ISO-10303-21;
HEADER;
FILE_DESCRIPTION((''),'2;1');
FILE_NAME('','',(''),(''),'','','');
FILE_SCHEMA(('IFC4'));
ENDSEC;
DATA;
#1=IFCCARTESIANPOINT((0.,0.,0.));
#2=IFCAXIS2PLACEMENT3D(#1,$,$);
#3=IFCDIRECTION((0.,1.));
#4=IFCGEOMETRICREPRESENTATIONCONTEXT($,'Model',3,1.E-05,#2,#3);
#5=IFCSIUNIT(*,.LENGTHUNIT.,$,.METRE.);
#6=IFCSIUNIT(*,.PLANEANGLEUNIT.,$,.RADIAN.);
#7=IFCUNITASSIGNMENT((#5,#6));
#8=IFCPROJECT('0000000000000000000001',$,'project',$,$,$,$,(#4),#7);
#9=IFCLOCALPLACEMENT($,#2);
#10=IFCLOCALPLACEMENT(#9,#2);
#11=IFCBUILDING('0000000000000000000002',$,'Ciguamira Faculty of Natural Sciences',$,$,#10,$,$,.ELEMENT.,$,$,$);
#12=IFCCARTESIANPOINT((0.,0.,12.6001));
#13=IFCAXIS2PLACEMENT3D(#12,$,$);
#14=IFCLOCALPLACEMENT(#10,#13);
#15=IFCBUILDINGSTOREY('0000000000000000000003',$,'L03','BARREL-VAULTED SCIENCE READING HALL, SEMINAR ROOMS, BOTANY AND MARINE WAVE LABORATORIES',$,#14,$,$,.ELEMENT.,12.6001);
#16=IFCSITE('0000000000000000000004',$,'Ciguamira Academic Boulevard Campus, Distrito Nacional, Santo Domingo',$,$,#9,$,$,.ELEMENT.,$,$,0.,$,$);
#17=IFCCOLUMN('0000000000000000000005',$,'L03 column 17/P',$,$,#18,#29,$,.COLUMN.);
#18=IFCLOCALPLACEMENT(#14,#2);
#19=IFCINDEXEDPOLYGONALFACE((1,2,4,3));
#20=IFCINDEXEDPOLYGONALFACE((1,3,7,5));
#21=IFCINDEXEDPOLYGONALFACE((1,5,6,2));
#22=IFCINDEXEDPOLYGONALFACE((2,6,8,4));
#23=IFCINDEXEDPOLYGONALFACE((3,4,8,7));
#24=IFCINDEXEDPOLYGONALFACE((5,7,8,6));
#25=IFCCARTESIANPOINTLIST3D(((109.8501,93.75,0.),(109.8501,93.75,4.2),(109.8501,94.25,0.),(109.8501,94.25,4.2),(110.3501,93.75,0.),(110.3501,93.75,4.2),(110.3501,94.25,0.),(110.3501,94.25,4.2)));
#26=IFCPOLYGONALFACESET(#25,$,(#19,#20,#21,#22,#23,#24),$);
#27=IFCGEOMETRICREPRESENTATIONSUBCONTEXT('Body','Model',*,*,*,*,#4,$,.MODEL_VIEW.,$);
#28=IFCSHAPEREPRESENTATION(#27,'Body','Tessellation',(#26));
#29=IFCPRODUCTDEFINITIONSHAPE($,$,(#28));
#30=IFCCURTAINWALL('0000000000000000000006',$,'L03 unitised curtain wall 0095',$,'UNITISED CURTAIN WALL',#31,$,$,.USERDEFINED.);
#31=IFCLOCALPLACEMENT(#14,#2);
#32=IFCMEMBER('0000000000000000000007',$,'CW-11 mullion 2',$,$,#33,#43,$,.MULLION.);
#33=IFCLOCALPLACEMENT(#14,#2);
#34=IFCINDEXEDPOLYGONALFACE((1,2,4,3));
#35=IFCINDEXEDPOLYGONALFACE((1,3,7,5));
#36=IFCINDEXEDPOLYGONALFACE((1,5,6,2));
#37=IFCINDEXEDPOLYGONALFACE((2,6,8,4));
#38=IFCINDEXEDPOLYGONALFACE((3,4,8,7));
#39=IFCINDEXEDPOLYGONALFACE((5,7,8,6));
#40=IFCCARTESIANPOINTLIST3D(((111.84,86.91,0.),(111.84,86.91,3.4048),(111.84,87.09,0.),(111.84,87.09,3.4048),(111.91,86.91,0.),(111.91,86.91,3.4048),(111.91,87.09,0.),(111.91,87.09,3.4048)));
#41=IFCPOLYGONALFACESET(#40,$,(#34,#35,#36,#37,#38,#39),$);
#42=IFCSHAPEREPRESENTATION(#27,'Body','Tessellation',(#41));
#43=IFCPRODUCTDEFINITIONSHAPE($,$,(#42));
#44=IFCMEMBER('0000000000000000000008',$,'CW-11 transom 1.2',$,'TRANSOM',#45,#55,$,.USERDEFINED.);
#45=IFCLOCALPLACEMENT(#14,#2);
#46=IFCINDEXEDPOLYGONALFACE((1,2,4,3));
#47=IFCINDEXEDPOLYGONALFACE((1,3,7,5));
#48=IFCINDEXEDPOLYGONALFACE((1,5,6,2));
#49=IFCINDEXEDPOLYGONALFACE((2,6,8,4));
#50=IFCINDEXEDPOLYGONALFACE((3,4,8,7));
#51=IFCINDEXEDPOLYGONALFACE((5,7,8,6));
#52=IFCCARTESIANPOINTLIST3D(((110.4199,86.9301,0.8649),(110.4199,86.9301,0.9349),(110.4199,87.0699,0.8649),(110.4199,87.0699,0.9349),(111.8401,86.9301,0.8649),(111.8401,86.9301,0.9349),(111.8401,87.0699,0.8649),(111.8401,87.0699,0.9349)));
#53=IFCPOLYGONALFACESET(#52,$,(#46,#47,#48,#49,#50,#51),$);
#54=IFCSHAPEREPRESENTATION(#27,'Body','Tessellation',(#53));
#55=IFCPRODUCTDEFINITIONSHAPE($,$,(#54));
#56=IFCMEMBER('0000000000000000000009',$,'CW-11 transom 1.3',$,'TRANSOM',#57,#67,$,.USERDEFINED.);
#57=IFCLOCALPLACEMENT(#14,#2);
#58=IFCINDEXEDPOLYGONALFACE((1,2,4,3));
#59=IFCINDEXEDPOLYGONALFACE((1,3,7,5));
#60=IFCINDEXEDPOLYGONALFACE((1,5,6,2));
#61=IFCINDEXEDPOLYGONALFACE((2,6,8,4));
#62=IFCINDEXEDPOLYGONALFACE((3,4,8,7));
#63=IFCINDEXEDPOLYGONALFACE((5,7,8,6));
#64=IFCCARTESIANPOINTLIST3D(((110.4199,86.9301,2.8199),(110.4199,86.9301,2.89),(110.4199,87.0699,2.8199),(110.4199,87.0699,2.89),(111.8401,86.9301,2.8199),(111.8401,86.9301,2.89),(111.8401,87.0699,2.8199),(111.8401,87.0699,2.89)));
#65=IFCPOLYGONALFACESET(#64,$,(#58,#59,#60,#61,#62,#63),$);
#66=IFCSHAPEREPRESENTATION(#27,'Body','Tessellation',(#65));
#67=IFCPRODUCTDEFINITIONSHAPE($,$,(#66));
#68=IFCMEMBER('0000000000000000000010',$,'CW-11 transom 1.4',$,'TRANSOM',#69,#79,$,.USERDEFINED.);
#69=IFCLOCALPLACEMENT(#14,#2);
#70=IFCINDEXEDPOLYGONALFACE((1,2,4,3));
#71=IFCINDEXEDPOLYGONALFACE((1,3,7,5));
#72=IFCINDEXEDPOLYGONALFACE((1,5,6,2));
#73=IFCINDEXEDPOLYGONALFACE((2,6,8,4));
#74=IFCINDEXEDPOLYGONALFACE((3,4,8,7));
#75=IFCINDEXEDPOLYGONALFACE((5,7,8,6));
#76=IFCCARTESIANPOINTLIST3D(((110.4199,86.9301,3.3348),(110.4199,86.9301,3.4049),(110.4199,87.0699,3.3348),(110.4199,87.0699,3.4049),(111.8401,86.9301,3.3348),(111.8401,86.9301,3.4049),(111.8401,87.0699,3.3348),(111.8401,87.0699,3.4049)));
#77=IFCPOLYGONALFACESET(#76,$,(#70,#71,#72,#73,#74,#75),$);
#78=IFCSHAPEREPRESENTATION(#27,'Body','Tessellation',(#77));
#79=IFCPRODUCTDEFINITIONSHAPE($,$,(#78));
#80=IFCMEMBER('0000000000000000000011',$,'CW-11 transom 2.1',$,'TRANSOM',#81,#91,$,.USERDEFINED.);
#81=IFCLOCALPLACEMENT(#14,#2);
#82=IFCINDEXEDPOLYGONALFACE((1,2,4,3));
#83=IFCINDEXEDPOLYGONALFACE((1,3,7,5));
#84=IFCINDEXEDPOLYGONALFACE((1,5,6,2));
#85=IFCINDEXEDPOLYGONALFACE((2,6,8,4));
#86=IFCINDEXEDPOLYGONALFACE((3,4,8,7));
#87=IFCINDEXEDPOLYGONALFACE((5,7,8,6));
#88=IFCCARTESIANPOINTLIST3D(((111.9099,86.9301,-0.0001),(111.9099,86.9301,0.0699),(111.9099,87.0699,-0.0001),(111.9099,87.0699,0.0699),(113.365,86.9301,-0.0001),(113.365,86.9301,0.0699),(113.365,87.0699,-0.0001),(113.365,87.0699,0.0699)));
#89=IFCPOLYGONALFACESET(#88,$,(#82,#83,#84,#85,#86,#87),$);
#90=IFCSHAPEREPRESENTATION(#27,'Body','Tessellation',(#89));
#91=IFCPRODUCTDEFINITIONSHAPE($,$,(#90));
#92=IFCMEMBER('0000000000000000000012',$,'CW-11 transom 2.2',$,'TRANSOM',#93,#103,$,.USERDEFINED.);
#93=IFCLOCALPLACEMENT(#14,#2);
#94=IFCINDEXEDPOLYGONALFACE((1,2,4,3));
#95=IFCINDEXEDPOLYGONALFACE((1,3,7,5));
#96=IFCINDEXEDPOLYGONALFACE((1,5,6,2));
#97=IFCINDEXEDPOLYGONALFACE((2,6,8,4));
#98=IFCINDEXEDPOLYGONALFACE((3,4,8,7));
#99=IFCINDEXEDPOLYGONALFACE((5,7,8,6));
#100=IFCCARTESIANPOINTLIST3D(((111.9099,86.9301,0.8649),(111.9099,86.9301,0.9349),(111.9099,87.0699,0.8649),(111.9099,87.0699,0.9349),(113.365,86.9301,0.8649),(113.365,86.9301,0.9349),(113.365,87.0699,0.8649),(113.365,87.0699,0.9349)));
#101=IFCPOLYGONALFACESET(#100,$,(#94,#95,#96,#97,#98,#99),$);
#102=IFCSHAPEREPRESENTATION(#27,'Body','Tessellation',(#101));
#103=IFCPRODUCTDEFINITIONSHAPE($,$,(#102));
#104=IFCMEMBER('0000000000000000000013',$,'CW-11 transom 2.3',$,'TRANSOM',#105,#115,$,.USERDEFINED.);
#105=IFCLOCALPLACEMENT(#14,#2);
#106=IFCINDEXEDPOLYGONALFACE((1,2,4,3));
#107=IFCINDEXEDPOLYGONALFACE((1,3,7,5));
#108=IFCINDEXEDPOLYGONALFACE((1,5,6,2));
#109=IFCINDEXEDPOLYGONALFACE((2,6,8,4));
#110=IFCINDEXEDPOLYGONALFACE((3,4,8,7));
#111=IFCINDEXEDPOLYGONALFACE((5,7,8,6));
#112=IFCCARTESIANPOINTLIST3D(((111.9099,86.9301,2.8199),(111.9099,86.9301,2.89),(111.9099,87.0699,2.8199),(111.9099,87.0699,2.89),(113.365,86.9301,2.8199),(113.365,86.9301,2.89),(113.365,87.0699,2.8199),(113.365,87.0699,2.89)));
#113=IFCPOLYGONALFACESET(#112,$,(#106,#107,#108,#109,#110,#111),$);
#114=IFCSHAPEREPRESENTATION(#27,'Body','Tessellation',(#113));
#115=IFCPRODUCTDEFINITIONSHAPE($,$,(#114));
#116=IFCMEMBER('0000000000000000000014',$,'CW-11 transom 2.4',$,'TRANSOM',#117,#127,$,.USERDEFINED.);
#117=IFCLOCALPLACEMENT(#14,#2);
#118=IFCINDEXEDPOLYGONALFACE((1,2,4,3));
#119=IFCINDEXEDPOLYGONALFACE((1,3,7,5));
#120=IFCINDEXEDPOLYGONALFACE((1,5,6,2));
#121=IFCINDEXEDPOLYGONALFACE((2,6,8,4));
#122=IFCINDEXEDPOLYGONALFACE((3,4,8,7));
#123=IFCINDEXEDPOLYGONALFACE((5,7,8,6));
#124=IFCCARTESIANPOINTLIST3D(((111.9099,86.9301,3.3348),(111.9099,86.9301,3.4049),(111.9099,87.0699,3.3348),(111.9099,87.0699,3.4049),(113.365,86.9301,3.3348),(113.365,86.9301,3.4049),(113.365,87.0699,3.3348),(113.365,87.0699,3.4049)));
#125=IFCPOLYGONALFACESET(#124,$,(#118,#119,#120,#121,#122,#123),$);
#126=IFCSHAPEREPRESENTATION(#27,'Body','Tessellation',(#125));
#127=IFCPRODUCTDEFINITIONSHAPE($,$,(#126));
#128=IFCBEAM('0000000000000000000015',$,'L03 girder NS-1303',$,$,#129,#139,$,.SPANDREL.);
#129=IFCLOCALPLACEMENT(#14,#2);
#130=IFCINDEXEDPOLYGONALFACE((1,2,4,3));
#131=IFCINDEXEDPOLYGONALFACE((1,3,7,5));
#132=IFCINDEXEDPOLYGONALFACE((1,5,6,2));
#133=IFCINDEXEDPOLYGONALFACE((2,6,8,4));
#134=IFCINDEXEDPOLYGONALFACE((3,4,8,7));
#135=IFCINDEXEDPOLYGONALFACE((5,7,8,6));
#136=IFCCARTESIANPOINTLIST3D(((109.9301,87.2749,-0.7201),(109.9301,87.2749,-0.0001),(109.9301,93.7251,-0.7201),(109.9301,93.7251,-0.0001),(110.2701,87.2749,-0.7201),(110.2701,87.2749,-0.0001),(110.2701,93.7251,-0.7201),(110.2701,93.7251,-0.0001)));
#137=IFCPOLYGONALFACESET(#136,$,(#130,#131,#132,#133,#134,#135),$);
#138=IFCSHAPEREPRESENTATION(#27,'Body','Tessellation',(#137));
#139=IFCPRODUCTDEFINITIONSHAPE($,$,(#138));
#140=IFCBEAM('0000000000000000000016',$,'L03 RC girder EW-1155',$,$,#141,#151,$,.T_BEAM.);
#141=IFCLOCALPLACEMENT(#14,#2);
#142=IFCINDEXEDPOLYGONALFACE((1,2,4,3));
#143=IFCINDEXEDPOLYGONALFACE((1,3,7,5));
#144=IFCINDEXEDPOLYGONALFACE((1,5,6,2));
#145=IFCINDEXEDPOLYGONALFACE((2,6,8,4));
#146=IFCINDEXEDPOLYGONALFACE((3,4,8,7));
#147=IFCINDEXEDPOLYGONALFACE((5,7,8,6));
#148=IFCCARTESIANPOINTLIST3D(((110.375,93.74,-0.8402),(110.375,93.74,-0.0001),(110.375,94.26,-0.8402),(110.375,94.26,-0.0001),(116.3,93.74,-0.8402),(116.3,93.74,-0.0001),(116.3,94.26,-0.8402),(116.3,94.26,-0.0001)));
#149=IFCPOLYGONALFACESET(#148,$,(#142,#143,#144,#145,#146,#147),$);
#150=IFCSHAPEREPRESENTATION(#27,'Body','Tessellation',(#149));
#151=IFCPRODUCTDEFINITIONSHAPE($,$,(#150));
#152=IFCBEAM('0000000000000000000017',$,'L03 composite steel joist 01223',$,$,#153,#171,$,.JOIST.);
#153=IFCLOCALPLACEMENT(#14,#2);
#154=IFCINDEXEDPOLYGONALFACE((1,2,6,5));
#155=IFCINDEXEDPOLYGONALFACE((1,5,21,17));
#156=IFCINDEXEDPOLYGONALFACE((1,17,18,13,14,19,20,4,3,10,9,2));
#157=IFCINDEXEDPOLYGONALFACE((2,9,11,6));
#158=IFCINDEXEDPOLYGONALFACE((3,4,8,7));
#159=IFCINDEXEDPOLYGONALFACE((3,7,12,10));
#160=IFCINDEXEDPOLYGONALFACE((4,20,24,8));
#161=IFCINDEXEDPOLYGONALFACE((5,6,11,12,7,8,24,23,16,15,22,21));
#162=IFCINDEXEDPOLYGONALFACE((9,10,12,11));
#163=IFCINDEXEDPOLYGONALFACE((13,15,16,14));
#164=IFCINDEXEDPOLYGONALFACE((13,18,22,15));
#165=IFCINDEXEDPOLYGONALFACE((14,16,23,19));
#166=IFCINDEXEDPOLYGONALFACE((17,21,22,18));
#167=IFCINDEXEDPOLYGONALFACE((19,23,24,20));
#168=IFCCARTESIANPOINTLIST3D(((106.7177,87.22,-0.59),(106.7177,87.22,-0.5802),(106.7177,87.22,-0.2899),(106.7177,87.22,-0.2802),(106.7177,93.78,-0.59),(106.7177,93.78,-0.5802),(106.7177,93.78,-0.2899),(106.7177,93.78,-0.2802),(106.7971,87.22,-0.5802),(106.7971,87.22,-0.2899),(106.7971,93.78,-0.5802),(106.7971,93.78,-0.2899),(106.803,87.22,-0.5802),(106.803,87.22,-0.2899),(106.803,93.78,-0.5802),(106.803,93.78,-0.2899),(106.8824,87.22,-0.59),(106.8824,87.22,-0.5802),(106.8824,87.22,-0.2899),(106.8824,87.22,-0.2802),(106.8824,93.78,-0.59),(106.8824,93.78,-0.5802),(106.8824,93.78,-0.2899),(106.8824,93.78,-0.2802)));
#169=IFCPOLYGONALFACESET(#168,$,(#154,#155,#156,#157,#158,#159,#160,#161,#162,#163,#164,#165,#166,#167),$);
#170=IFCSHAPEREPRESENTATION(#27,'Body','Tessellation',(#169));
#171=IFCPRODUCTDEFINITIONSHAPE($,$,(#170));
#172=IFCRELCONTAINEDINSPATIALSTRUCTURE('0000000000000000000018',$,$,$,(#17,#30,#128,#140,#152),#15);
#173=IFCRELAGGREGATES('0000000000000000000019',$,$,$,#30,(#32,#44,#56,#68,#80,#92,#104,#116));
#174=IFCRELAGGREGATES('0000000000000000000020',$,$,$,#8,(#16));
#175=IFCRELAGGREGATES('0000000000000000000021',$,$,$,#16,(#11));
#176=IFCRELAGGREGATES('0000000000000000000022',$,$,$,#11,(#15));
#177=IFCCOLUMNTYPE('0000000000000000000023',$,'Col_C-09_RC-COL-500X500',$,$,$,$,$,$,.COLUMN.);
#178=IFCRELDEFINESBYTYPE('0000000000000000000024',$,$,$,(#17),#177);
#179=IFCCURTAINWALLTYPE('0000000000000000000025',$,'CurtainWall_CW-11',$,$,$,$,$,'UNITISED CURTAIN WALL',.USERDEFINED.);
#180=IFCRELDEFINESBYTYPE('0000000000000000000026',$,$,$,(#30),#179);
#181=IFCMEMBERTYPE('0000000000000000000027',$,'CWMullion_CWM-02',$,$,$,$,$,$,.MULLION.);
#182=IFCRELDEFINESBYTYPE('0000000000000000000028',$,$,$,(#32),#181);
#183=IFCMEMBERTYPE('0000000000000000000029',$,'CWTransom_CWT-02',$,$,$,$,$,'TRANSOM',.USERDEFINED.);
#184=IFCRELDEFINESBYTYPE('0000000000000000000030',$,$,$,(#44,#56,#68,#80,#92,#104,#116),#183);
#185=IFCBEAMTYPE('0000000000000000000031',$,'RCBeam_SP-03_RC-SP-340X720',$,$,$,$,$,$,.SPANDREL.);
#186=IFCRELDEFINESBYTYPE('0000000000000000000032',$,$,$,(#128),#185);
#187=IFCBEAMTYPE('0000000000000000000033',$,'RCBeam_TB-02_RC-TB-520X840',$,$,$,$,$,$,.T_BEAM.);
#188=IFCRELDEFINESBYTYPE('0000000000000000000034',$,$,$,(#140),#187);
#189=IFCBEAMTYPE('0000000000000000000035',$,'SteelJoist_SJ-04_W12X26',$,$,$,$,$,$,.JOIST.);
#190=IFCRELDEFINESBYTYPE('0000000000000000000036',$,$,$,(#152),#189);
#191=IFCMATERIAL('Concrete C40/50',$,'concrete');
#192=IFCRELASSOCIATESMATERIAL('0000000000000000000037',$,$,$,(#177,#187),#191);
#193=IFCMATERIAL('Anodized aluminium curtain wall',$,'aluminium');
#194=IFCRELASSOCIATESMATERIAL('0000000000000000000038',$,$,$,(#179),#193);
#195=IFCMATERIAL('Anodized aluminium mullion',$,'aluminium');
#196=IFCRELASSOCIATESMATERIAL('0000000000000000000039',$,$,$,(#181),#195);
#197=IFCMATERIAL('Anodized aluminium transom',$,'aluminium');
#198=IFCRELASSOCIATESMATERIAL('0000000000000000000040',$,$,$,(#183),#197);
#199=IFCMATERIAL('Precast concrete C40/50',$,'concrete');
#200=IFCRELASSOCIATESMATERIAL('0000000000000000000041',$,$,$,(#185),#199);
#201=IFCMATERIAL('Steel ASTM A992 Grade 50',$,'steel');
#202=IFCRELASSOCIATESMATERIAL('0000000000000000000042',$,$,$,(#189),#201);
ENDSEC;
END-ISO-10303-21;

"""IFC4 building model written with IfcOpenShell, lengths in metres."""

from ifc_helpers import new_model, si_unit, direction, frame, origin, origin_2d, place, context, subcontext, project, spatial, rectangle, i_section, extrude, material, material_profile, profile_set, type_object, element, aggregate, save


model = new_model("IFC4")

# Units and contexts
model_context = context("Model", 3, precision=1e-05, world=origin(), true_north=direction((0.0, 1.0)))
body_context = subcontext(model_context, "Body", "Model", "MODEL_VIEW")
ifc_project = project(units=[si_unit("LENGTHUNIT", "METRE"), si_unit("PLANEANGLEUNIT", "RADIAN")], contexts=[model_context])

# Site, building, storey
site_placement = place(None, origin())
site = spatial("IfcSite", under=ifc_project, at=site_placement, Name="Ciguamira Academic Boulevard Campus, Distrito Nacional, Santo Domingo", CompositionType="ELEMENT", RefElevation=0.0)
building_placement = place(site_placement, origin())
building = spatial("IfcBuilding", under=site, at=building_placement, Name="Ciguamira Faculty of Natural Sciences", CompositionType="ELEMENT")
storey_placement = place(building_placement, frame((0.0, 0.0, 12.6001)))
storey = spatial("IfcBuildingStorey", under=building, at=storey_placement, Name="L03", Description="BARREL-VAULTED SCIENCE READING HALL, SEMINAR ROOMS, BOTANY AND MARINE WAVE LABORATORIES", CompositionType="ELEMENT", Elevation=12.6001)

# Column
ifc_material_1 = material(Name="Concrete C40/50", Category="concrete")
ifc_material_profile_1 = material_profile(ifc_material_1, rectangle(XDim=0.5, YDim=0.5, at=origin_2d()), Name="RC-COL-500X500")
ifc_profile_set_1 = profile_set([ifc_material_profile_1], Name="Concrete C40/50")
column_type = type_object("IfcColumnType", Name="Col_C-09_RC-COL-500X500", PredefinedType="COLUMN", material=ifc_profile_set_1)
column_placement = place(storey_placement, frame((110.1001, 94.0, 0.0), z_axis=(0.0, 0.0, 1.0), x_axis=(1.0, 0.0, 0.0)))
element("IfcColumn", 1, at=column_placement, inside=storey, type_object=column_type, Name="L03 column 17/P", PredefinedType="COLUMN", context=body_context, shape_type="SweptSolid", body=[
    extrude(rectangle(XDim=0.5, YDim=0.5, at=origin_2d()), origin(), (0.0, 0.0, 1.0), 4.2),
])

# Curtain wall, members
ifc_material_2 = material(Name="Anodized aluminium curtain wall", Category="aluminium")
curtain_wall_type = type_object("IfcCurtainWallType", Name="CurtainWall_CW-11", ElementType="UNITISED CURTAIN WALL", PredefinedType="USERDEFINED", material=ifc_material_2)
curtain_wall_placement = place(storey_placement, origin())
curtain_wall = element("IfcCurtainWall", 2, at=curtain_wall_placement, inside=storey, type_object=curtain_wall_type, Name="L03 unitised curtain wall 0095", ObjectType="UNITISED CURTAIN WALL", PredefinedType="USERDEFINED")
ifc_material_3 = material(Name="Anodized aluminium mullion", Category="aluminium")
ifc_material_profile_2 = material_profile(ifc_material_3, rectangle(XDim=0.0701, YDim=0.1799, at=origin_2d()), Name="ALU-MUL-70X180")
ifc_profile_set_2 = profile_set([ifc_material_profile_2], Name="Anodized aluminium mullion")
member_type_1 = type_object("IfcMemberType", Name="CWMullion_CWM-02", PredefinedType="MULLION", material=ifc_profile_set_2)
member_1_placement = place(storey_placement, frame((111.875, 87.0, 0.0), z_axis=(0.0, 0.0, 1.0), x_axis=(1.0, 0.0, 0.0)))
member_1 = element("IfcMember", 3, at=member_1_placement, type_object=member_type_1, Name="CW-11 mullion 2", PredefinedType="MULLION", context=body_context, shape_type="SweptSolid", body=[
    extrude(rectangle(XDim=0.0701, YDim=0.1799, at=origin_2d()), origin(), (0.0, 0.0, 1.0), 3.4048),
])
ifc_material_4 = material(Name="Anodized aluminium transom", Category="aluminium")
ifc_material_profile_3 = material_profile(ifc_material_4, rectangle(XDim=0.0701, YDim=0.1399, at=origin_2d()), Name="ALU-TRN-70X140")
ifc_profile_set_3 = profile_set([ifc_material_profile_3], Name="Anodized aluminium transom")
member_type_2 = type_object("IfcMemberType", Name="CWTransom_CWT-02", ElementType="TRANSOM", PredefinedType="USERDEFINED", material=ifc_profile_set_3)
member_2_placement = place(storey_placement, frame((110.4199, 87.0, 0.8999), z_axis=(1.0, 0.0, 0.0), x_axis=(0.0, 0.0, 1.0)))
member_2 = element("IfcMember", 4, at=member_2_placement, type_object=member_type_2, Name="CW-11 transom 1.2", ObjectType="TRANSOM", PredefinedType="USERDEFINED", context=body_context, shape_type="SweptSolid", body=[
    extrude(rectangle(XDim=0.0701, YDim=0.1399, at=origin_2d()), origin(), (0.0, 0.0, 1.0), 1.4202),
])
member_3_placement = place(storey_placement, frame((110.4199, 87.0, 2.855), z_axis=(1.0, 0.0, 0.0), x_axis=(0.0, 0.0, 1.0)))
member_3 = element("IfcMember", 5, at=member_3_placement, type_object=member_type_2, Name="CW-11 transom 1.3", ObjectType="TRANSOM", PredefinedType="USERDEFINED", context=body_context, shape_type="SweptSolid", body=[
    extrude(rectangle(XDim=0.0701, YDim=0.1399, at=origin_2d()), origin(), (0.0, 0.0, 1.0), 1.4202),
])
member_4_placement = place(storey_placement, frame((110.4199, 87.0, 3.3699), z_axis=(1.0, 0.0, 0.0), x_axis=(0.0, 0.0, 1.0)))
member_4 = element("IfcMember", 6, at=member_4_placement, type_object=member_type_2, Name="CW-11 transom 1.4", ObjectType="TRANSOM", PredefinedType="USERDEFINED", context=body_context, shape_type="SweptSolid", body=[
    extrude(rectangle(XDim=0.0701, YDim=0.1399, at=origin_2d()), origin(), (0.0, 0.0, 1.0), 1.4202),
])
member_5_placement = place(storey_placement, frame((111.9099, 87.0, 0.0349), z_axis=(1.0, 0.0, 0.0), x_axis=(0.0, 0.0, 1.0)))
member_5 = element("IfcMember", 7, at=member_5_placement, type_object=member_type_2, Name="CW-11 transom 2.1", ObjectType="TRANSOM", PredefinedType="USERDEFINED", context=body_context, shape_type="SweptSolid", body=[
    extrude(rectangle(XDim=0.0701, YDim=0.1399, at=origin_2d()), origin(), (0.0, 0.0, 1.0), 1.4551),
])
member_6_placement = place(storey_placement, frame((111.9099, 87.0, 0.8999), z_axis=(1.0, 0.0, 0.0), x_axis=(0.0, 0.0, 1.0)))
member_6 = element("IfcMember", 8, at=member_6_placement, type_object=member_type_2, Name="CW-11 transom 2.2", ObjectType="TRANSOM", PredefinedType="USERDEFINED", context=body_context, shape_type="SweptSolid", body=[
    extrude(rectangle(XDim=0.0701, YDim=0.1399, at=origin_2d()), origin(), (0.0, 0.0, 1.0), 1.4551),
])
member_7_placement = place(storey_placement, frame((111.9099, 87.0, 2.855), z_axis=(1.0, 0.0, 0.0), x_axis=(0.0, 0.0, 1.0)))
member_7 = element("IfcMember", 9, at=member_7_placement, type_object=member_type_2, Name="CW-11 transom 2.3", ObjectType="TRANSOM", PredefinedType="USERDEFINED", context=body_context, shape_type="SweptSolid", body=[
    extrude(rectangle(XDim=0.0701, YDim=0.1399, at=origin_2d()), origin(), (0.0, 0.0, 1.0), 1.4551),
])
member_8_placement = place(storey_placement, frame((111.9099, 87.0, 3.3699), z_axis=(1.0, 0.0, 0.0), x_axis=(0.0, 0.0, 1.0)))
member_8 = element("IfcMember", 10, at=member_8_placement, type_object=member_type_2, Name="CW-11 transom 2.4", ObjectType="TRANSOM", PredefinedType="USERDEFINED", context=body_context, shape_type="SweptSolid", body=[
    extrude(rectangle(XDim=0.0701, YDim=0.1399, at=origin_2d()), origin(), (0.0, 0.0, 1.0), 1.4551),
])

# Beams
ifc_material_5 = material(Name="Precast concrete C40/50", Category="concrete")
ifc_material_profile_4 = material_profile(ifc_material_5, rectangle(XDim=0.3401, YDim=0.72, at=origin_2d()), Name="RC-SP-340X720")
ifc_profile_set_4 = profile_set([ifc_material_profile_4], Name="Precast concrete C40/50")
beam_type_1 = type_object("IfcBeamType", Name="RCBeam_SP-03_RC-SP-340X720", PredefinedType="SPANDREL", material=ifc_profile_set_4)
beam_1_placement = place(storey_placement, frame((110.1001, 87.2749, -0.3601), z_axis=(0.0, 1.0, 0.0), x_axis=(-1.0, 0.0, 0.0)))
element("IfcBeam", 11, at=beam_1_placement, inside=storey, type_object=beam_type_1, Name="L03 girder NS-1303", PredefinedType="SPANDREL", context=body_context, shape_type="SweptSolid", body=[
    extrude(rectangle(XDim=0.3401, YDim=0.72, at=origin_2d()), origin(), (0.0, 0.0, 1.0), 6.4502),
])
ifc_material_profile_5 = material_profile(ifc_material_1, rectangle(XDim=0.52, YDim=0.8401, at=origin_2d()), Name="RC-TB-520X840")
ifc_profile_set_5 = profile_set([ifc_material_profile_5], Name="Concrete C40/50")
beam_type_2 = type_object("IfcBeamType", Name="RCBeam_TB-02_RC-TB-520X840", PredefinedType="T_BEAM", material=ifc_profile_set_5)
beam_2_placement = place(storey_placement, frame((110.375, 94.0, -0.4202), z_axis=(1.0, 0.0, 0.0), x_axis=(0.0, 1.0, 0.0)))
element("IfcBeam", 12, at=beam_2_placement, inside=storey, type_object=beam_type_2, Name="L03 RC girder EW-1155", PredefinedType="T_BEAM", context=body_context, shape_type="SweptSolid", body=[
    extrude(rectangle(XDim=0.52, YDim=0.8401, at=origin_2d()), origin(), (0.0, 0.0, 1.0), 5.925),
])
ifc_material_6 = material(Name="Steel ASTM A992 Grade 50", Category="steel")
ifc_material_profile_6 = material_profile(ifc_material_6, i_section(OverallWidth=0.1648, OverallDepth=0.3098, WebThickness=0.0059, FlangeThickness=0.0098, at=origin_2d()), Name="W12X26")
ifc_profile_set_6 = profile_set([ifc_material_profile_6], Name="Steel ASTM A992 Grade 50")
beam_type_3 = type_object("IfcBeamType", Name="SteelJoist_SJ-04_W12X26", PredefinedType="JOIST", material=ifc_profile_set_6)
beam_3_placement = place(storey_placement, frame((106.8, 87.22, -0.4351), z_axis=(0.0, 1.0, 0.0), x_axis=(-1.0, 0.0, 0.0)))
element("IfcBeam", 13, at=beam_3_placement, inside=storey, type_object=beam_type_3, Name="L03 composite steel joist 01223", PredefinedType="JOIST", context=body_context, shape_type="SweptSolid", body=[
    extrude(i_section(OverallWidth=0.1648, OverallDepth=0.3098, WebThickness=0.0059, FlangeThickness=0.0098, at=origin_2d()), origin(), (0.0, 0.0, 1.0), 6.5601),
])

aggregate(curtain_wall, [member_1, member_2, member_3, member_4, member_5, member_6, member_7, member_8])

save(model, "model.ifc")
